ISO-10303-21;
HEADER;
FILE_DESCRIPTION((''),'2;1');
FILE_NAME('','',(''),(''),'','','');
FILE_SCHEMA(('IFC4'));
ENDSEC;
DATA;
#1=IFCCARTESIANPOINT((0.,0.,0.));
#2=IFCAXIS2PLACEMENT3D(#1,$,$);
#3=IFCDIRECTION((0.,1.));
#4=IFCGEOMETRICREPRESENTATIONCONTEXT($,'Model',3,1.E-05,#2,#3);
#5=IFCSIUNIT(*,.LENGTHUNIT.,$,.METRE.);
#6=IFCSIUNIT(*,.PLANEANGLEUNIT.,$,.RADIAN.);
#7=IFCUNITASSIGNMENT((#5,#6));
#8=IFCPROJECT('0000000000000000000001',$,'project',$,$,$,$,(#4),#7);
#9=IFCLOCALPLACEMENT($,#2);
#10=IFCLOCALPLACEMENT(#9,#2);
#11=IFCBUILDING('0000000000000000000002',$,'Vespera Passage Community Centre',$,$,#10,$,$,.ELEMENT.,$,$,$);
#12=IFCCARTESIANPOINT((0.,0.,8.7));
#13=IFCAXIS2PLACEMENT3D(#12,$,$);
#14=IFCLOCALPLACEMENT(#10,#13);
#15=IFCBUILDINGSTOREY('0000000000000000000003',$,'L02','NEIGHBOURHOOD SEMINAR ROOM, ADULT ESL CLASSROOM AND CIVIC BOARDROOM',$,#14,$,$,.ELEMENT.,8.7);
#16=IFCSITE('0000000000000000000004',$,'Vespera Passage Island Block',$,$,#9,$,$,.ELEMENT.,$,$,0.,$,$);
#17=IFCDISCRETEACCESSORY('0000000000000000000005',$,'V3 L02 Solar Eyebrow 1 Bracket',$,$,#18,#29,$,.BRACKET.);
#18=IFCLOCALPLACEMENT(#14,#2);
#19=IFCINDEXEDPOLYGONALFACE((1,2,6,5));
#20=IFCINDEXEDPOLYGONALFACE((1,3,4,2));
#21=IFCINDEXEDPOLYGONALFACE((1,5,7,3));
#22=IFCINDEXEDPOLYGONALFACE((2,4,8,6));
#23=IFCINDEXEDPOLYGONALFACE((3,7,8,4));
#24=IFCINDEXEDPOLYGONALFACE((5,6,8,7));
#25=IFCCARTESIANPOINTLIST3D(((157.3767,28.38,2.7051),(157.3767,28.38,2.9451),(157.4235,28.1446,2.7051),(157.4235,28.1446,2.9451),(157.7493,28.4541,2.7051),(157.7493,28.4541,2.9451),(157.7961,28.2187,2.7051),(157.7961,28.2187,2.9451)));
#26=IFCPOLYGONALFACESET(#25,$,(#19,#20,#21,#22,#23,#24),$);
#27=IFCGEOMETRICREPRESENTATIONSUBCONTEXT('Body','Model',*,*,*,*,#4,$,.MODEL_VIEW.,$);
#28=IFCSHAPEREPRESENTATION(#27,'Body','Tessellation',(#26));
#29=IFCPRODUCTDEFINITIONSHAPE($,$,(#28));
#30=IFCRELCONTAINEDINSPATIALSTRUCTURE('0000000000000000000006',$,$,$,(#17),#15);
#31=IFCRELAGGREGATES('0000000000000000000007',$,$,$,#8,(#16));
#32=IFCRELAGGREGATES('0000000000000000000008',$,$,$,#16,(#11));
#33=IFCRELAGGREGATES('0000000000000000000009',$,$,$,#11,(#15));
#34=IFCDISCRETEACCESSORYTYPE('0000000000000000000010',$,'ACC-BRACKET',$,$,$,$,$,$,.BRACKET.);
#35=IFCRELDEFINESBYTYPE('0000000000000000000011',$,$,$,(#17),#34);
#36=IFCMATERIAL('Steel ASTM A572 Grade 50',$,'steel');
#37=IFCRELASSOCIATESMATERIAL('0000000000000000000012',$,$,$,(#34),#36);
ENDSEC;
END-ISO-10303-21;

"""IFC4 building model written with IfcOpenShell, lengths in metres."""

from ifc_helpers import new_model, si_unit, direction, frame, origin, origin_2d, place, context, subcontext, project, spatial, rectangle, extrude, material, type_object, element, save


model = new_model("IFC4")

# Units and contexts
model_context = context("Model", 3, precision=1e-05, world=origin(), true_north=direction((0.0, 1.0)))
body_context = subcontext(model_context, "Body", "Model", "MODEL_VIEW")
ifc_project = project(units=[si_unit("LENGTHUNIT", "METRE"), si_unit("PLANEANGLEUNIT", "RADIAN")], contexts=[model_context])

# Site, building, storey
site_placement = place(None, origin())
site = spatial("IfcSite", under=ifc_project, at=site_placement, Name="Vespera Passage Island Block", CompositionType="ELEMENT", RefElevation=0.0)
building_placement = place(site_placement, origin())
building = spatial("IfcBuilding", under=site, at=building_placement, Name="Vespera Passage Community Centre", CompositionType="ELEMENT")
storey_placement = place(building_placement, frame((0.0, 0.0, 8.7)))
storey = spatial("IfcBuildingStorey", under=building, at=storey_placement, Name="L02", Description="NEIGHBOURHOOD SEMINAR ROOM, ADULT ESL CLASSROOM AND CIVIC BOARDROOM", CompositionType="ELEMENT", Elevation=8.7)

# Discrete accessory
ifc_material_1 = material(Name="Steel ASTM A572 Grade 50", Category="steel")
discrete_accessory_type = type_object("IfcDiscreteAccessoryType", Name="ACC-BRACKET", PredefinedType="BRACKET", material=ifc_material_1)
discrete_accessory_placement = place(storey_placement, frame((157.5864, 28.2993, 2.7051), z_axis=(0.0, 0.0, 1.0), x_axis=(0.19509, -0.980785, 0.0)))
element("IfcDiscreteAccessory", 1, at=discrete_accessory_placement, inside=storey, type_object=discrete_accessory_type, Name="V3 L02 Solar Eyebrow 1 Bracket", PredefinedType="BRACKET", context=body_context, shape_type="SweptSolid", body=[
    extrude(rectangle(XDim=0.24, YDim=0.3799, at=origin_2d()), origin(), (0.0, 0.0, 1.0), 0.24),
])

save(model, "model.ifc")
